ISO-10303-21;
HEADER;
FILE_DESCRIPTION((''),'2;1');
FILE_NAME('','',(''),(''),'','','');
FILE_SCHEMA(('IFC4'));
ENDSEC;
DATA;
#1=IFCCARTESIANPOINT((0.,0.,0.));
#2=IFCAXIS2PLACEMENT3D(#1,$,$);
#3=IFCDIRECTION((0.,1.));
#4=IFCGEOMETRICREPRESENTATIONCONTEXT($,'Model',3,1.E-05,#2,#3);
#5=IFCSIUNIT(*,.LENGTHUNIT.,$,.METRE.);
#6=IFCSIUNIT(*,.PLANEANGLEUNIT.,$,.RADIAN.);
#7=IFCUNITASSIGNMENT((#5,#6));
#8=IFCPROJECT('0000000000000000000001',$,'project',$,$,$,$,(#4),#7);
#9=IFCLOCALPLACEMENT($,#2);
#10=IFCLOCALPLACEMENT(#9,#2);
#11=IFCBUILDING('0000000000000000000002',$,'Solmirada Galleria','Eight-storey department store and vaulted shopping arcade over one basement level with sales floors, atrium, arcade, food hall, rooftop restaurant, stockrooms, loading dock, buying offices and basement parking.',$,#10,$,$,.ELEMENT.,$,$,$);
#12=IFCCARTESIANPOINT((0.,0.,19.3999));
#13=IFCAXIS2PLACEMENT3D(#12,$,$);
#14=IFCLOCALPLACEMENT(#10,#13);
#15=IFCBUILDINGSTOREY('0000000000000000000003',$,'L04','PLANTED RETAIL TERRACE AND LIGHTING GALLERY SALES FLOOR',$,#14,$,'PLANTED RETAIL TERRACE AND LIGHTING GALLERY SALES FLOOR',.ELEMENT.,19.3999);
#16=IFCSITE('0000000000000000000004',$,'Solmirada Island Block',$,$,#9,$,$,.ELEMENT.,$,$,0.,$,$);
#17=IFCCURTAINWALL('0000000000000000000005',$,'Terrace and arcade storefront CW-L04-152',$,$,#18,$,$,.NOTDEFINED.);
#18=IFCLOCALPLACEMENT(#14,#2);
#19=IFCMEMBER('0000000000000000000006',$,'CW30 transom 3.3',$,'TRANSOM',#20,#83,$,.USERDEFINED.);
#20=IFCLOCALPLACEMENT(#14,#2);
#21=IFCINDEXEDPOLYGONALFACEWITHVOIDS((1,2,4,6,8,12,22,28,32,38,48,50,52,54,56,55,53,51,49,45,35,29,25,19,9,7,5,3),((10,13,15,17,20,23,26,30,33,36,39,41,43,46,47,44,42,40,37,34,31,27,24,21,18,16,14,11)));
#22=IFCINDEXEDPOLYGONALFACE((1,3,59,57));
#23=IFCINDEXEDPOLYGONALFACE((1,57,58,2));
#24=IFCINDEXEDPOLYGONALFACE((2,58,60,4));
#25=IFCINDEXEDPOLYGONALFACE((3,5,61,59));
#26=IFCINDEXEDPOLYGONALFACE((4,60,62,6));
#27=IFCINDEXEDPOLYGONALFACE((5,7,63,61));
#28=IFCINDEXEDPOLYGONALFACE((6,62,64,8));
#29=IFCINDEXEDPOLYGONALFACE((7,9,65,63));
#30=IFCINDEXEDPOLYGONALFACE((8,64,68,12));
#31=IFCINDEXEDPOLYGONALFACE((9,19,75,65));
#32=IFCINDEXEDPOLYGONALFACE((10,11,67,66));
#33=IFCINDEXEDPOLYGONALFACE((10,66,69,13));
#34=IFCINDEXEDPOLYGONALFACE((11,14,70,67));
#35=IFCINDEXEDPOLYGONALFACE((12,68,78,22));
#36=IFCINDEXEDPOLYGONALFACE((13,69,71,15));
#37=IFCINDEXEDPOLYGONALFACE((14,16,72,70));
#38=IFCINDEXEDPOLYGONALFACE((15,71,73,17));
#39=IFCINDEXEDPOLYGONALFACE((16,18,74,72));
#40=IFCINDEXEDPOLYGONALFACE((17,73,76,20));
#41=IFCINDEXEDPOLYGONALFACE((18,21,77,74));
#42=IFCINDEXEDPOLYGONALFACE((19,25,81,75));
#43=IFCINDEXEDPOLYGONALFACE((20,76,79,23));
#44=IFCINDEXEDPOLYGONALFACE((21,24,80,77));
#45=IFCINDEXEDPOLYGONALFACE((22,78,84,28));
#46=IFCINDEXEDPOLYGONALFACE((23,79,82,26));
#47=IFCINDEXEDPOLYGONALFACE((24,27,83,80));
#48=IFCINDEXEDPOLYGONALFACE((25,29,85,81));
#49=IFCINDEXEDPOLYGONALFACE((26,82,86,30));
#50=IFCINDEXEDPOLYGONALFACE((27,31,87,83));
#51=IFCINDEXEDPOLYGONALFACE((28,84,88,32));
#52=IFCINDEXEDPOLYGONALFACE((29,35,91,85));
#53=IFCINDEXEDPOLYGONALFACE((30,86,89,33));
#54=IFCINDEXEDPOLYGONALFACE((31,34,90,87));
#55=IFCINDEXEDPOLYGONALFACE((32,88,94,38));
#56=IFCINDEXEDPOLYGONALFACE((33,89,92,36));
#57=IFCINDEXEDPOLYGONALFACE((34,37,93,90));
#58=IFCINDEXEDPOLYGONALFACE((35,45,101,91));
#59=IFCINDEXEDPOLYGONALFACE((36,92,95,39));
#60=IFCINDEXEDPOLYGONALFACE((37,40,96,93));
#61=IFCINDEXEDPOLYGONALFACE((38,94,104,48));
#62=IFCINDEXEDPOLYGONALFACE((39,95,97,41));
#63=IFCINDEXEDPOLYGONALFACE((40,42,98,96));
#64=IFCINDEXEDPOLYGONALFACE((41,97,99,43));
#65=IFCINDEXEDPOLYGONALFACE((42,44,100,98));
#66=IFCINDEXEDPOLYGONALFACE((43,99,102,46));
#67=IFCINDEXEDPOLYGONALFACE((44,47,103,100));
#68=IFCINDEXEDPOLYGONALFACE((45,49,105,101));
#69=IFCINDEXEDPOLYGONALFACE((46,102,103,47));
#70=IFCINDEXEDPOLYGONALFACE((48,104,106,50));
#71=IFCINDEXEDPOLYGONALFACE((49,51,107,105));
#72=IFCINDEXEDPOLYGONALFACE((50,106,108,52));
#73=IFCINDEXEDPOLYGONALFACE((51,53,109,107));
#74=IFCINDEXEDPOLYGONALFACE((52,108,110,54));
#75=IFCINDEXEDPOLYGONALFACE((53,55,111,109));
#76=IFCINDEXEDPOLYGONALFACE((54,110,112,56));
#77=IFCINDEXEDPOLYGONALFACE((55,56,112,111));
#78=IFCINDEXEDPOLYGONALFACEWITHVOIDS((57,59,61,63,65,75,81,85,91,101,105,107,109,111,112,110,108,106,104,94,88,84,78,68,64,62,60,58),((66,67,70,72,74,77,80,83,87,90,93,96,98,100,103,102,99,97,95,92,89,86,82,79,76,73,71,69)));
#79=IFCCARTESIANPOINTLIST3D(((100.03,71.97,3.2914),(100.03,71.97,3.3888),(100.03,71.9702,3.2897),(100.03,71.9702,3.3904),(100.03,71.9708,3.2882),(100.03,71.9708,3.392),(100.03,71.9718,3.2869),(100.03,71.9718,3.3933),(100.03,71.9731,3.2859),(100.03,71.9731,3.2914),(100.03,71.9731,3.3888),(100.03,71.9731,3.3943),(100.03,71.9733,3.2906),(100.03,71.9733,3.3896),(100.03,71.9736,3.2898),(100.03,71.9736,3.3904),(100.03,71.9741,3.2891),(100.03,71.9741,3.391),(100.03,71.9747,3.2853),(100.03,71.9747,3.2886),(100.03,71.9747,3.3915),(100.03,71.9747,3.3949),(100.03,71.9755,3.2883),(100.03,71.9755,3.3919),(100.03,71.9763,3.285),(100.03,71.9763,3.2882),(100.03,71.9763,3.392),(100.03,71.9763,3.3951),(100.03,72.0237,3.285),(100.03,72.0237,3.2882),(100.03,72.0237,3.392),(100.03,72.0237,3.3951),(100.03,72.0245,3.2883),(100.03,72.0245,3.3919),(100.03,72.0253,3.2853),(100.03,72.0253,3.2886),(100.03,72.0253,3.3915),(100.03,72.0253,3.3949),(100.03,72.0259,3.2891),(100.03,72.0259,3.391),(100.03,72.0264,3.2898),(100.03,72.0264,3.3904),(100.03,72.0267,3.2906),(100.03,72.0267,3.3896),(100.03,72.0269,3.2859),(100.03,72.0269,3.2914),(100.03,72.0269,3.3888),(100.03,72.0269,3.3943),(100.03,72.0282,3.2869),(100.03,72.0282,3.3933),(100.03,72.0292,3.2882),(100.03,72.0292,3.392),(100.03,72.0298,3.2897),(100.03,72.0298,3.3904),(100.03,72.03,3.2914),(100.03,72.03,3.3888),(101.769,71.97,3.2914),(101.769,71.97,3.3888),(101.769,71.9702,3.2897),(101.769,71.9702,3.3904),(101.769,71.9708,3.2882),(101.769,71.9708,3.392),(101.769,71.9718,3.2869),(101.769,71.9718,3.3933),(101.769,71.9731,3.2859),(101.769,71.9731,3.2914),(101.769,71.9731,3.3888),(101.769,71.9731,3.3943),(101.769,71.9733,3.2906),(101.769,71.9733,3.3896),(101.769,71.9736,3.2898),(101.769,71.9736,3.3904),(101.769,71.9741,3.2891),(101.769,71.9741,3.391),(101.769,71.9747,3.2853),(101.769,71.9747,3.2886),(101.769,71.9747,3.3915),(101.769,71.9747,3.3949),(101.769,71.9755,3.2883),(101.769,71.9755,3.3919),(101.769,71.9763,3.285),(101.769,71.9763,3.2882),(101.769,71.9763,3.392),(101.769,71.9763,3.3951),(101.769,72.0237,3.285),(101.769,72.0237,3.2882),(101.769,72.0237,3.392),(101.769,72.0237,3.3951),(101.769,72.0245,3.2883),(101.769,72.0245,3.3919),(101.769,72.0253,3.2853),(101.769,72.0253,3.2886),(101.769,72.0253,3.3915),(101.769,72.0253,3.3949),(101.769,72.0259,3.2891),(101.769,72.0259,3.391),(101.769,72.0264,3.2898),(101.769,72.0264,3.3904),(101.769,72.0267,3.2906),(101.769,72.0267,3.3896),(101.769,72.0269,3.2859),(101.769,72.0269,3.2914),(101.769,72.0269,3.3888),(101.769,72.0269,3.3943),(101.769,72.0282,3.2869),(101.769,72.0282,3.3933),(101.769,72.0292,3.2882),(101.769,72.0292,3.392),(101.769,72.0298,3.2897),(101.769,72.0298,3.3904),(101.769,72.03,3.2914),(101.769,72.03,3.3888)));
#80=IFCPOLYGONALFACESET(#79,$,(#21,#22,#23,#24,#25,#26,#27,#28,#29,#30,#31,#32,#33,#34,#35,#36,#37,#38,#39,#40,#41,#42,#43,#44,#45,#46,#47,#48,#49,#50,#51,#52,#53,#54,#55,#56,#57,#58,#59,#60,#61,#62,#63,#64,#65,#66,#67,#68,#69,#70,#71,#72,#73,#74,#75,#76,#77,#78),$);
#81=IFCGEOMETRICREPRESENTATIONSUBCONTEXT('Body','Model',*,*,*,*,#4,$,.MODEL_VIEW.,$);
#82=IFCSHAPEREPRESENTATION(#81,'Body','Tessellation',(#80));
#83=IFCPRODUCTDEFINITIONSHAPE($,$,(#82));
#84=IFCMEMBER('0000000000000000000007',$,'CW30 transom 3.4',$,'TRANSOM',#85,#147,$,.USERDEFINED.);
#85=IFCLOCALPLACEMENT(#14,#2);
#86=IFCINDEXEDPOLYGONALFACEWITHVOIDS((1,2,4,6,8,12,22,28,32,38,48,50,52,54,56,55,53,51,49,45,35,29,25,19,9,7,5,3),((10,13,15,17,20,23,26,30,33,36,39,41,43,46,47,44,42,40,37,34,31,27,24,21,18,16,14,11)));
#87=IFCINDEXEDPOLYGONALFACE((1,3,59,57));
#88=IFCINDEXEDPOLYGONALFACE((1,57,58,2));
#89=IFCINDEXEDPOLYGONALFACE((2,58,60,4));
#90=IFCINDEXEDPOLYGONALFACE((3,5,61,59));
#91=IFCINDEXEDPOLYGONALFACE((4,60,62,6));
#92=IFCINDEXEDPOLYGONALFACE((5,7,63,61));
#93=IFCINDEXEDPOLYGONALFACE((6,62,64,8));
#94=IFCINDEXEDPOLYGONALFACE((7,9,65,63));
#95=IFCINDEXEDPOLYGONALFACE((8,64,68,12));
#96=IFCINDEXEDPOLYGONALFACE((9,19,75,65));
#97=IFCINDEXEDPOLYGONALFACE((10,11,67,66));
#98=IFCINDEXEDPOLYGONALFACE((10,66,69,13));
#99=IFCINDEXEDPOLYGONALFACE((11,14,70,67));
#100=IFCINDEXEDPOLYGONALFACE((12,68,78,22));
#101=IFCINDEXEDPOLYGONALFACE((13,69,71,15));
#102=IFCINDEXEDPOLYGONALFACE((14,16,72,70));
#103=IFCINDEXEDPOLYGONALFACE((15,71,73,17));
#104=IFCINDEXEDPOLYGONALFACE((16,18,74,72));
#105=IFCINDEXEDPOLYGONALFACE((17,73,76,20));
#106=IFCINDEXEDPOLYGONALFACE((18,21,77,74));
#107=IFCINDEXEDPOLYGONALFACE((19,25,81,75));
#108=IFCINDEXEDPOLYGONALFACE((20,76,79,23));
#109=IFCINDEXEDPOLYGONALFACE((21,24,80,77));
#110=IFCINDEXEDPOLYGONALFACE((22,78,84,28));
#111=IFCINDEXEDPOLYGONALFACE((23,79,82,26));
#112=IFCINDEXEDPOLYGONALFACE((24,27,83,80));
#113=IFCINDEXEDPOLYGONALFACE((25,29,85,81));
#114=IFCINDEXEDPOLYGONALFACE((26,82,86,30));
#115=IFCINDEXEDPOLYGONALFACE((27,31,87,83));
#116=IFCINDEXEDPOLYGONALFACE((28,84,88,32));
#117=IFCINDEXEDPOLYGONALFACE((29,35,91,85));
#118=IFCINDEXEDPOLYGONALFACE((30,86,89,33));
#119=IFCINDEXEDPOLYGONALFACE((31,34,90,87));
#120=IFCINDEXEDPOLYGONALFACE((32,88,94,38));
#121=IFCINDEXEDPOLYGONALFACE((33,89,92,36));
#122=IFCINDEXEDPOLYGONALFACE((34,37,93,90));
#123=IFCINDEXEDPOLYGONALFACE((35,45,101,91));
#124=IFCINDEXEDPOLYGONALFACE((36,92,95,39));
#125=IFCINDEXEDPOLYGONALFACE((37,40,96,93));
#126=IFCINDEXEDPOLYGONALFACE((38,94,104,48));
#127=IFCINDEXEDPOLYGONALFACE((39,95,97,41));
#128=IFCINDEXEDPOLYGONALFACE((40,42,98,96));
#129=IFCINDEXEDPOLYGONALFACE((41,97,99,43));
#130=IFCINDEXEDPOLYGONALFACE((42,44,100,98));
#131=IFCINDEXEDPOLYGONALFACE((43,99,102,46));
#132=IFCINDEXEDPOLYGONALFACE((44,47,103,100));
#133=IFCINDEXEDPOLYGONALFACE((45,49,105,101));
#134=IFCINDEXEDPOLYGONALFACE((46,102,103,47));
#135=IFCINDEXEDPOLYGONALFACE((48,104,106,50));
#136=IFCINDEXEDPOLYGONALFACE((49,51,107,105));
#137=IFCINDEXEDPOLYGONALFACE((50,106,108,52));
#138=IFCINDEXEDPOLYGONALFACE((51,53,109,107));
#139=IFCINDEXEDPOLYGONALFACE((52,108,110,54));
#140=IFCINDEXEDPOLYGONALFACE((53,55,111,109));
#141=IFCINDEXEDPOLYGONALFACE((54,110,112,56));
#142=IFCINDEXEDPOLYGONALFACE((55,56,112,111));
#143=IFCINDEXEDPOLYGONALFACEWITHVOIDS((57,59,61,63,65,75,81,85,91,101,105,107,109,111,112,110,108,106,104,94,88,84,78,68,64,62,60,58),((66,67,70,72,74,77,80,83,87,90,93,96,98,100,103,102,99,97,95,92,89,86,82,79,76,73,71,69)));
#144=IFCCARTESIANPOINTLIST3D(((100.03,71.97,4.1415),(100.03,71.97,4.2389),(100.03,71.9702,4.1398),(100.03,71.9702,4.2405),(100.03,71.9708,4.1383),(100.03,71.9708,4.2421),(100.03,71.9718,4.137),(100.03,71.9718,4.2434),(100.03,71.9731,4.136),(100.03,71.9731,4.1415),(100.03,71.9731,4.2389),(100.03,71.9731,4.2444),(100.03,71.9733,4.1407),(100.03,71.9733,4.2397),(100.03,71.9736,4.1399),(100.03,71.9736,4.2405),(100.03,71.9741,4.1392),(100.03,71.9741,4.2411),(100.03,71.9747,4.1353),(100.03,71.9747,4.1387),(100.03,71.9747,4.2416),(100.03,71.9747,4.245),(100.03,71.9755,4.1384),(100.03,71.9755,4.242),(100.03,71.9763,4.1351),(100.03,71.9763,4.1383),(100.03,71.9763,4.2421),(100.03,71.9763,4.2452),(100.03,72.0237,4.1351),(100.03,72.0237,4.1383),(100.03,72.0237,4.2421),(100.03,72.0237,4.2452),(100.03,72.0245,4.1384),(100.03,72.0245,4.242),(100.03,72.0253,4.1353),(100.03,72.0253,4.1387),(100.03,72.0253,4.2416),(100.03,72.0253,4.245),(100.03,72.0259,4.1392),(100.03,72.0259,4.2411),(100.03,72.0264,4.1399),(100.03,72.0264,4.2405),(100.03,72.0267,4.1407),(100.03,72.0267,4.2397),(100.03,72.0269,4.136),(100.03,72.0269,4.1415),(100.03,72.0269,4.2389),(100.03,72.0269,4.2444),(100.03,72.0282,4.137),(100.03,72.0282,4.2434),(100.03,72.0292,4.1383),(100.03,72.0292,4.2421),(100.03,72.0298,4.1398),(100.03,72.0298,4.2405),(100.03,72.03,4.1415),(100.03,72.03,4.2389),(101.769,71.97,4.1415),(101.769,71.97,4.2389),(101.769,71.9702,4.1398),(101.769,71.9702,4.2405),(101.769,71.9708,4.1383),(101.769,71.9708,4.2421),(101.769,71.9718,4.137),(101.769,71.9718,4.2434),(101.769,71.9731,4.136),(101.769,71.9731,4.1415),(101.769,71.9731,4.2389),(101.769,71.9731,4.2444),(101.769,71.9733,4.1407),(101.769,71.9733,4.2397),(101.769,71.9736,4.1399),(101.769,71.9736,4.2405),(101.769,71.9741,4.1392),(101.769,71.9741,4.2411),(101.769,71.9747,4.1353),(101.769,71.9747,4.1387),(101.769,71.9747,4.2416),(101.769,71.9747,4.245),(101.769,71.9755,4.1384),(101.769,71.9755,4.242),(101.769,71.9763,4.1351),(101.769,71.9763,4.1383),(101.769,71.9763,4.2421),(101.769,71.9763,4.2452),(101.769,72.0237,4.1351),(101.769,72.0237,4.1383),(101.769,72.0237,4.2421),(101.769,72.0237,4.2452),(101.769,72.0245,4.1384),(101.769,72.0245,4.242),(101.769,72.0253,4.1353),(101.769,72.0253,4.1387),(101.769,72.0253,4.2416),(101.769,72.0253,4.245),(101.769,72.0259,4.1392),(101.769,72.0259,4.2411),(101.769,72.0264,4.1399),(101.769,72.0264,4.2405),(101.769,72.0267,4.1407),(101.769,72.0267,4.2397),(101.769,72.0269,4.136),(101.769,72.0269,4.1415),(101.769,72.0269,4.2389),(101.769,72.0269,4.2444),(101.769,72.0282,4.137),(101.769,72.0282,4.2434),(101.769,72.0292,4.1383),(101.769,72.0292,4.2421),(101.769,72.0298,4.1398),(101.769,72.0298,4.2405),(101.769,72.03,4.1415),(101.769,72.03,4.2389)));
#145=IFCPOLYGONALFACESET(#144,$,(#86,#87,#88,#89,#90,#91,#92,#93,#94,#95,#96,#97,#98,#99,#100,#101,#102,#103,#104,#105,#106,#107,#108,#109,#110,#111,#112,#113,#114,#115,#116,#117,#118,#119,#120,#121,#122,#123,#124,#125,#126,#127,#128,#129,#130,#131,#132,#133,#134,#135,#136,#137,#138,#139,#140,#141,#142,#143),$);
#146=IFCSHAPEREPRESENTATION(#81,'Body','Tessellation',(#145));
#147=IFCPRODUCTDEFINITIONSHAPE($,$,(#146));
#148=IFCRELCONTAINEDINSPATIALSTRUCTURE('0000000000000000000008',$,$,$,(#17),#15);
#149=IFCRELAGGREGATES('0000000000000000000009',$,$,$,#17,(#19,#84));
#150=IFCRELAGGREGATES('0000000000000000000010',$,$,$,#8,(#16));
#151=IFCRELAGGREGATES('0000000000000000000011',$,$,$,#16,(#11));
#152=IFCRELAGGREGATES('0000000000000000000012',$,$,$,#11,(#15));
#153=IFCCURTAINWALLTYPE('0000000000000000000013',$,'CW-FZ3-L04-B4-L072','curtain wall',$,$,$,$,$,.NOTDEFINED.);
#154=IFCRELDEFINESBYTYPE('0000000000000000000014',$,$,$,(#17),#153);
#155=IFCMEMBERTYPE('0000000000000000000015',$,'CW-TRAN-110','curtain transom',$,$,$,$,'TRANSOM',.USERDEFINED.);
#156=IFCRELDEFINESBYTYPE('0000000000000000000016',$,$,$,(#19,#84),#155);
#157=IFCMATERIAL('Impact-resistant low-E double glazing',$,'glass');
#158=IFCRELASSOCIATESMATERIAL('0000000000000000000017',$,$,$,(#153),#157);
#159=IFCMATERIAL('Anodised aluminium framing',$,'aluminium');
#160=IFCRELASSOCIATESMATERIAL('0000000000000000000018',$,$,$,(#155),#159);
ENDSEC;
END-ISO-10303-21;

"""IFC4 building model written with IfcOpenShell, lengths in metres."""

from ifc_helpers import new_model, si_unit, direction, frame, origin, origin_2d, place, context, subcontext, project, spatial, hollow_rectangle, extrude, material, material_profile, profile_set, type_object, element, aggregate, save


model = new_model("IFC4")

# Units and contexts
model_context = context("Model", 3, precision=1e-05, world=origin(), true_north=direction((0.0, 1.0)))
body_context = subcontext(model_context, "Body", "Model", "MODEL_VIEW")
ifc_project = project(units=[si_unit("LENGTHUNIT", "METRE"), si_unit("PLANEANGLEUNIT", "RADIAN")], contexts=[model_context])

# Site, building, storey
site_placement = place(None, origin())
site = spatial("IfcSite", under=ifc_project, at=site_placement, Name="Solmirada Island Block", CompositionType="ELEMENT", RefElevation=0.0)
building_placement = place(site_placement, origin())
building = spatial("IfcBuilding", under=site, at=building_placement, Name="Solmirada Galleria", Description="Eight-storey department store and vaulted shopping arcade over one basement level with sales floors, atrium, arcade, food hall, rooftop restaurant, stockrooms, loading dock, buying offices and basement parking.", CompositionType="ELEMENT")
storey_placement = place(building_placement, frame((0.0, 0.0, 19.3999)))
storey = spatial("IfcBuildingStorey", under=building, at=storey_placement, Name="L04", Description="PLANTED RETAIL TERRACE AND LIGHTING GALLERY SALES FLOOR", LongName="PLANTED RETAIL TERRACE AND LIGHTING GALLERY SALES FLOOR", CompositionType="ELEMENT", Elevation=19.3999)

# Curtain wall, members
ifc_material_1 = material(Name="Impact-resistant low-E double glazing", Category="glass")
curtain_wall_type = type_object("IfcCurtainWallType", Name="CW-FZ3-L04-B4-L072", Description="curtain wall", PredefinedType="NOTDEFINED", material=ifc_material_1)
curtain_wall_placement = place(storey_placement, origin())
curtain_wall = element("IfcCurtainWall", 1, at=curtain_wall_placement, inside=storey, type_object=curtain_wall_type, Name="Terrace and arcade storefront CW-L04-152", PredefinedType="NOTDEFINED")
ifc_material_2 = material(Name="Anodised aluminium framing", Category="aluminium")
ifc_material_profile_1 = material_profile(ifc_material_2, hollow_rectangle(XDim=0.0601, YDim=0.1101, WallThickness=0.0032, InnerFilletRadius=0.0032, OuterFilletRadius=0.0063, at=origin_2d()), Name="ALU-TRAN-110X60")
ifc_profile_set_1 = profile_set([ifc_material_profile_1], Name="Anodised aluminium framing")
member_type_1 = type_object("IfcMemberType", Name="CW-TRAN-110", Description="curtain transom", ElementType="TRANSOM", PredefinedType="USERDEFINED", material=ifc_profile_set_1)
member_1_placement = place(storey_placement, frame((100.03, 72.0, 3.3401), z_axis=(1.0, 0.0, 0.0), x_axis=(0.0, 1.0, 0.0)))
member_1 = element("IfcMember", 2, at=member_1_placement, type_object=member_type_1, Name="CW30 transom 3.3", ObjectType="TRANSOM", PredefinedType="USERDEFINED", context=body_context, shape_type="SweptSolid", body=[
    extrude(hollow_rectangle(XDim=0.0601, YDim=0.1101, WallThickness=0.0032, InnerFilletRadius=0.0032, OuterFilletRadius=0.0063, at=origin_2d()), origin(), (0.0, 0.0, 1.0), 1.739),
])
member_2_placement = place(storey_placement, frame((100.03, 72.0, 4.1902), z_axis=(1.0, 0.0, 0.0), x_axis=(0.0, 1.0, 0.0)))
member_2 = element("IfcMember", 3, at=member_2_placement, type_object=member_type_1, Name="CW30 transom 3.4", ObjectType="TRANSOM", PredefinedType="USERDEFINED", context=body_context, shape_type="SweptSolid", body=[
    extrude(hollow_rectangle(XDim=0.0601, YDim=0.1101, WallThickness=0.0032, InnerFilletRadius=0.0032, OuterFilletRadius=0.0063, at=origin_2d()), origin(), (0.0, 0.0, 1.0), 1.739),
])
aggregate(curtain_wall, [member_1, member_2])

save(model, "model.ifc")
